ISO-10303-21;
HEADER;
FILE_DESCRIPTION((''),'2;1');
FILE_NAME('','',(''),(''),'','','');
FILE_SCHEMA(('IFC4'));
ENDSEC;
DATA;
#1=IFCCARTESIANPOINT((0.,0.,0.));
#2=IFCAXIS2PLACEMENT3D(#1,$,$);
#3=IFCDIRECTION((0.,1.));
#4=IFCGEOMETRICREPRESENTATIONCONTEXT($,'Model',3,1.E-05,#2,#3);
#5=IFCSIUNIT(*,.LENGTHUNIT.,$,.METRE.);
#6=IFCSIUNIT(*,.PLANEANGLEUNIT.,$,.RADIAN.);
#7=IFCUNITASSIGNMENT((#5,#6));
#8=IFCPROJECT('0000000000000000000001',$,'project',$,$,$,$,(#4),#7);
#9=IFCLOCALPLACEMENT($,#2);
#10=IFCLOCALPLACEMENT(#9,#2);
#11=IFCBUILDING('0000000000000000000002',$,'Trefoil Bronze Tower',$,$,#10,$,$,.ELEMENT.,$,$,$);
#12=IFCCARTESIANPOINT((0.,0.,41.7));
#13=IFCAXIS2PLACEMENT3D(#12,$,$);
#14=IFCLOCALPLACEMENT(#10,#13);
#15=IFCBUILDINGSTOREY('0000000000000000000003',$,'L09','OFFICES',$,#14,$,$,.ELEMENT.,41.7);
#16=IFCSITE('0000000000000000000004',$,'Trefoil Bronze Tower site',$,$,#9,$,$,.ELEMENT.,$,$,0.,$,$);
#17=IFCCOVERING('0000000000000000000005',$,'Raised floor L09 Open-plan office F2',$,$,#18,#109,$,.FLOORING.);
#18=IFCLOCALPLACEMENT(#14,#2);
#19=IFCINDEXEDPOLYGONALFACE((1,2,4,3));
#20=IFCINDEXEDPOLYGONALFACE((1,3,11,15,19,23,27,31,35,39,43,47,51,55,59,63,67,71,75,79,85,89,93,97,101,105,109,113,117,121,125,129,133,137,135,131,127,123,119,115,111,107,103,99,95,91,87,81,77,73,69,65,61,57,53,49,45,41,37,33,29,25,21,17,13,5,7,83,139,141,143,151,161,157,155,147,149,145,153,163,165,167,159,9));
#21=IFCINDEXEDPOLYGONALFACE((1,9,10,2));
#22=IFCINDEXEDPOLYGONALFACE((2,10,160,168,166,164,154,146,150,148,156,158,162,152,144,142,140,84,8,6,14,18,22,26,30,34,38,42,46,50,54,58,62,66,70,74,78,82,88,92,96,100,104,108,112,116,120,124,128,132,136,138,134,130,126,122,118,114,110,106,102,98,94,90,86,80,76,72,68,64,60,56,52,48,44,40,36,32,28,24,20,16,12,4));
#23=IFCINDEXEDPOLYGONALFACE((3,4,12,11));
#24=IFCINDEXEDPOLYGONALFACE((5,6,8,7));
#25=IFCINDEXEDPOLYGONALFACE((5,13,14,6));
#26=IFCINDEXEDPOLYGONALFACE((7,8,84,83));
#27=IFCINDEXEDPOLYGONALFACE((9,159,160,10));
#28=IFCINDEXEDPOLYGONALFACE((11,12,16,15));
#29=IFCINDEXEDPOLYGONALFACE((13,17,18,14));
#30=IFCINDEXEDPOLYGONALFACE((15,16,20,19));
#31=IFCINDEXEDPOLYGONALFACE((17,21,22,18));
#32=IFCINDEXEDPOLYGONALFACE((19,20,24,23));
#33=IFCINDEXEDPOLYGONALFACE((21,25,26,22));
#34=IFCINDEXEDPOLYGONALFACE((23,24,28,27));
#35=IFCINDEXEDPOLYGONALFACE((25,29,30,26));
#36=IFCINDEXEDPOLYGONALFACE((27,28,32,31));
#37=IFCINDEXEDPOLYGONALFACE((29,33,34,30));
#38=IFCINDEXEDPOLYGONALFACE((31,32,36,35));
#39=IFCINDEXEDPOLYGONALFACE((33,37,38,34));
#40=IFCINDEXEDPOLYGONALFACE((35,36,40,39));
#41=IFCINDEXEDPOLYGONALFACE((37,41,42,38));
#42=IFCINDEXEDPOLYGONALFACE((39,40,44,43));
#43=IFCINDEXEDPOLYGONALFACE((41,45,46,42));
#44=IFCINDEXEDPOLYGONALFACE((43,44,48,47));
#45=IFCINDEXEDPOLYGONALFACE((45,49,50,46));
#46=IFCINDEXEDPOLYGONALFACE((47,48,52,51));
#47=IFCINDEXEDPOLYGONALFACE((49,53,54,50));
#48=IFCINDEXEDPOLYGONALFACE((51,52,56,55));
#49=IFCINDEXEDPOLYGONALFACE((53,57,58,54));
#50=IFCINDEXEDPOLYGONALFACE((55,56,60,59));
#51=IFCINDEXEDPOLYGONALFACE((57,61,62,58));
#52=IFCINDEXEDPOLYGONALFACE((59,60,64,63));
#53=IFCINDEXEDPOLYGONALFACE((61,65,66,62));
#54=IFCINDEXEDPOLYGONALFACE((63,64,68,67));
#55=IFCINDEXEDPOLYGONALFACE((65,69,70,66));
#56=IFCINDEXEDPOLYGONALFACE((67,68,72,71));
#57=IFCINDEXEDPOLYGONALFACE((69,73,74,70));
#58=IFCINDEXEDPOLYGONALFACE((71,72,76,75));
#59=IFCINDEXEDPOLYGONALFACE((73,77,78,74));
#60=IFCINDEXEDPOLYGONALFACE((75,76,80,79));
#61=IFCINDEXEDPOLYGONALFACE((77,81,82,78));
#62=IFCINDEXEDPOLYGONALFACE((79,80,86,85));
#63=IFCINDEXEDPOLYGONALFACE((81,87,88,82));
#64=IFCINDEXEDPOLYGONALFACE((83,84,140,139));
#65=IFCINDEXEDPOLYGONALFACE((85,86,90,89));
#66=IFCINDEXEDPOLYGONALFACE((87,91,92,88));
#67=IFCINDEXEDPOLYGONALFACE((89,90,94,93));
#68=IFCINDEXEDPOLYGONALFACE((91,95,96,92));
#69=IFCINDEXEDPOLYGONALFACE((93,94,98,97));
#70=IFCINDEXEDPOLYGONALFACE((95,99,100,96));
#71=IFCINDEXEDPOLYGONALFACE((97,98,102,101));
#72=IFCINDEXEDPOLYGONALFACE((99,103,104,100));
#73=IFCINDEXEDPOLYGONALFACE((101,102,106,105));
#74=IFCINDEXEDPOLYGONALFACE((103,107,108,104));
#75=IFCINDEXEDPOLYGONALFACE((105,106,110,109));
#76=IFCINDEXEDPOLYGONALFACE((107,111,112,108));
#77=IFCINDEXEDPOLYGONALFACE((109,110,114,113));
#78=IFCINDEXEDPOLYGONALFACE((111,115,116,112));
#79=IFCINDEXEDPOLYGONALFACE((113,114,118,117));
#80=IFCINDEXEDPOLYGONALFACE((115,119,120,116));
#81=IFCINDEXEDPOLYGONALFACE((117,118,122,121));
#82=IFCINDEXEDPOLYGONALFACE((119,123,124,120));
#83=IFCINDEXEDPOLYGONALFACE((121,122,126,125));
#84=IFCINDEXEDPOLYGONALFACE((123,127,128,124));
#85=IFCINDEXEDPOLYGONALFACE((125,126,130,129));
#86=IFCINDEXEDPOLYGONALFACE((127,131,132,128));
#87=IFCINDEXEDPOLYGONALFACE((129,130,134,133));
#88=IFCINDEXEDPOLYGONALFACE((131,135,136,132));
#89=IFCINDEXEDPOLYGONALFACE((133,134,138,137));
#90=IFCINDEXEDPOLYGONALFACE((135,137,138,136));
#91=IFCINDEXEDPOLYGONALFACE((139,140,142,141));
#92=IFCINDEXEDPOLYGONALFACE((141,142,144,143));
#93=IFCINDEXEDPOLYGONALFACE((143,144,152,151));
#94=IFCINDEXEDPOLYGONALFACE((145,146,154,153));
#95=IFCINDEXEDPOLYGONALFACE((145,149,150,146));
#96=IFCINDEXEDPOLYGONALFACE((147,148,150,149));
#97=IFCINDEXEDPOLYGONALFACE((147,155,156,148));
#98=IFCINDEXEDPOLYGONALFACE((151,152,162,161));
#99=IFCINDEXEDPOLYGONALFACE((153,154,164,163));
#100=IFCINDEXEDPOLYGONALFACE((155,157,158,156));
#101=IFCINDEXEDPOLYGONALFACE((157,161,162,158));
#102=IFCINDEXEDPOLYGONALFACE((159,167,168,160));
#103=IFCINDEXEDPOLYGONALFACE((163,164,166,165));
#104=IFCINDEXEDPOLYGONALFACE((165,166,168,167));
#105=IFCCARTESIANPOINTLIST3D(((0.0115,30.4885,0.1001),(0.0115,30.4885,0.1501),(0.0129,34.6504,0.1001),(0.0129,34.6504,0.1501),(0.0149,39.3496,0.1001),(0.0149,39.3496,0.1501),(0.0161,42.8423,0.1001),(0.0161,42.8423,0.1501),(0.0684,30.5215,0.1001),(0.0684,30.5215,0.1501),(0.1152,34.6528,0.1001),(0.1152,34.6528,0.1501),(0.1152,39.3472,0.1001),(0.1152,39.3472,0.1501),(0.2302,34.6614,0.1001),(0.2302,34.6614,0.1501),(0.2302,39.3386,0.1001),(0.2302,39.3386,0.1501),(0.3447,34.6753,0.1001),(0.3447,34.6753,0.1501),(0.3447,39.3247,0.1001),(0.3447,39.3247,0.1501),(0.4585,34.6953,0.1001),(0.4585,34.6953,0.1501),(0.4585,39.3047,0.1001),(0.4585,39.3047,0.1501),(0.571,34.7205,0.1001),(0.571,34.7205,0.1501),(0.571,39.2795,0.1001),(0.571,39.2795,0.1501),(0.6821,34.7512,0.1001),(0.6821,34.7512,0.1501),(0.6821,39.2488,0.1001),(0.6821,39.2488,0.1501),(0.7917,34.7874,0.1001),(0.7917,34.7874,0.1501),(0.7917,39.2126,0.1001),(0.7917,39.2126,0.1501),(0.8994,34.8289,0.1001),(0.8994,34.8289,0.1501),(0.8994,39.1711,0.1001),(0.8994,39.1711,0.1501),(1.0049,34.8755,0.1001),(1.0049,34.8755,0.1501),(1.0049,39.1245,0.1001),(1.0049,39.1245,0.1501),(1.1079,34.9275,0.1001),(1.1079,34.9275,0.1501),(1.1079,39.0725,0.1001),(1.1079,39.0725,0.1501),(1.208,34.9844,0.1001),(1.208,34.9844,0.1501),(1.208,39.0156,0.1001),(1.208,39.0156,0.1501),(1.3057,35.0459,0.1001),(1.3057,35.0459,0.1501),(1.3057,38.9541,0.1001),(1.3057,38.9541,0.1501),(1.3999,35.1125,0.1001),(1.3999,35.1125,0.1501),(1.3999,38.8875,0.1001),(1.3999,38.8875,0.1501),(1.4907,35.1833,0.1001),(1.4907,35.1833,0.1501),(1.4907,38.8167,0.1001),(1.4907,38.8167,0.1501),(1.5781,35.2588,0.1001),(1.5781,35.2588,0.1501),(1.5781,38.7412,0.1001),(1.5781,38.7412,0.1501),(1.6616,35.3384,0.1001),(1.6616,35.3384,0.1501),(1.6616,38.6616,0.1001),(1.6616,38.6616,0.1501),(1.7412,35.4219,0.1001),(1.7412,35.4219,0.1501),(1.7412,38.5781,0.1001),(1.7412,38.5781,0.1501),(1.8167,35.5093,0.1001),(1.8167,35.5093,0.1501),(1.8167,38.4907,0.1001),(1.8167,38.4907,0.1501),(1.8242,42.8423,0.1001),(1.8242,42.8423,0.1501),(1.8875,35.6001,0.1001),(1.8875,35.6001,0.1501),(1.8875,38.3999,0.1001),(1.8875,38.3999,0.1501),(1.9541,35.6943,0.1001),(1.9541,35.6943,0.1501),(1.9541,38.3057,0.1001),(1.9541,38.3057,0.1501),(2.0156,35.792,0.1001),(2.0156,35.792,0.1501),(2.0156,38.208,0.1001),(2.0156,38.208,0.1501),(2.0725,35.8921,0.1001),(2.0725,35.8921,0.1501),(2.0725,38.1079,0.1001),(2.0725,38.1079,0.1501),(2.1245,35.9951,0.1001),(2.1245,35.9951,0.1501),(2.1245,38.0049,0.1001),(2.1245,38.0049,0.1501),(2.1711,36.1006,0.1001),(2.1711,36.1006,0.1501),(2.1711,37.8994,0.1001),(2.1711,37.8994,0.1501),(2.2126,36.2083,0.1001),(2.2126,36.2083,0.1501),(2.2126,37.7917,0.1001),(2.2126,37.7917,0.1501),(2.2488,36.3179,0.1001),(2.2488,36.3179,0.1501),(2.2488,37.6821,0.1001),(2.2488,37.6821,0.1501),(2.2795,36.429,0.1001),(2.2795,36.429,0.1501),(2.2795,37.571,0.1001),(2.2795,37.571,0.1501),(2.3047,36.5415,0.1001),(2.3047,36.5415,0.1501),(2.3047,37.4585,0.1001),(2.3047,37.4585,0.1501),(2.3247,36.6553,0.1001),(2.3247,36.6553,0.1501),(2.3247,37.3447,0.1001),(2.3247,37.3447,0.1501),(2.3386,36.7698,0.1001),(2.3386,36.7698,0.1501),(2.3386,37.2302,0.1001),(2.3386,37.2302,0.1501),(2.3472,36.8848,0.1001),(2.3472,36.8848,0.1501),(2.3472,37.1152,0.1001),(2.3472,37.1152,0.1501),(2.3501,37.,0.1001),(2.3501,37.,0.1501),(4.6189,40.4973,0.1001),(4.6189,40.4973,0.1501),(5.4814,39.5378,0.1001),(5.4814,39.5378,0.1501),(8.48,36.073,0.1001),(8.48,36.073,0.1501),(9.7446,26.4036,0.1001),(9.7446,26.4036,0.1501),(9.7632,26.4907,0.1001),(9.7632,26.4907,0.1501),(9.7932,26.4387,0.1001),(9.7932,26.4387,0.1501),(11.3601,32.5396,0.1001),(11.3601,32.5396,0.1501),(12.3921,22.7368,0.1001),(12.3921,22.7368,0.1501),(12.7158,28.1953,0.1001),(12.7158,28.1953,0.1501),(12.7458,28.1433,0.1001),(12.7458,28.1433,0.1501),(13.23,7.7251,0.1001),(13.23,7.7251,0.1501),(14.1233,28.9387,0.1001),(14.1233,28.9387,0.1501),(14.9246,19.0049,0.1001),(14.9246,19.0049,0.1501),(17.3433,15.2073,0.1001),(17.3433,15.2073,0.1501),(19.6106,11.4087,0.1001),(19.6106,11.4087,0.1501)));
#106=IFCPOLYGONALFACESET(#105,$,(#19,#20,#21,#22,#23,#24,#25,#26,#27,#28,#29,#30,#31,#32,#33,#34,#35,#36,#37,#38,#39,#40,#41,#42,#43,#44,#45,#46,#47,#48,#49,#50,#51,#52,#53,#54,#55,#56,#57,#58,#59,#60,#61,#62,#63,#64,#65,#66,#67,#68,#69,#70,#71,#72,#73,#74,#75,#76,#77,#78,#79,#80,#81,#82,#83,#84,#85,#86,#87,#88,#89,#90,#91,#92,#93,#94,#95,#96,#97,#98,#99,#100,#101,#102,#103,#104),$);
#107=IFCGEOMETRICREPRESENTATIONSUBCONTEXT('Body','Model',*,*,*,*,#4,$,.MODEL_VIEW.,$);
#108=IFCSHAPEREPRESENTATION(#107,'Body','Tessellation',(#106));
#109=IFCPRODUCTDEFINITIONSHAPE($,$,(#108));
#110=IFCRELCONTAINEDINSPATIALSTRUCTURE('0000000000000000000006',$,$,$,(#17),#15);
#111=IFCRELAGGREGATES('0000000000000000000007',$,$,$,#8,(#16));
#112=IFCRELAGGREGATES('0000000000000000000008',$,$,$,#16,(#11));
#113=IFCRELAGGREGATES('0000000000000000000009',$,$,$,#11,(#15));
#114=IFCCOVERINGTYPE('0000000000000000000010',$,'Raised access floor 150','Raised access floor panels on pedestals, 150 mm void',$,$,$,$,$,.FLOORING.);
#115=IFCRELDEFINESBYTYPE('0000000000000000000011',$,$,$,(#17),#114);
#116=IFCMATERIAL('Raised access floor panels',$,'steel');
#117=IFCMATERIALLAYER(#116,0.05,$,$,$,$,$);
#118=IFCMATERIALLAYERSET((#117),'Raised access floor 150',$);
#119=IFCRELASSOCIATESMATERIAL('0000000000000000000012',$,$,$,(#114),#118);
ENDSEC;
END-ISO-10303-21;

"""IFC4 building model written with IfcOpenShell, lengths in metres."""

from ifc_helpers import new_model, si_unit, direction, frame, origin, place, context, subcontext, project, spatial, polyline, outline, extrude, material, layer, layer_set, type_object, element, save


model = new_model("IFC4")

# Units and contexts
model_context = context("Model", 3, precision=1e-05, world=origin(), true_north=direction((0.0, 1.0)))
body_context = subcontext(model_context, "Body", "Model", "MODEL_VIEW")
ifc_project = project(units=[si_unit("LENGTHUNIT", "METRE"), si_unit("PLANEANGLEUNIT", "RADIAN")], contexts=[model_context])

# Site, building, storey
site_placement = place(None, origin())
site = spatial("IfcSite", under=ifc_project, at=site_placement, Name="Trefoil Bronze Tower site", CompositionType="ELEMENT", RefElevation=0.0)
building_placement = place(site_placement, origin())
building = spatial("IfcBuilding", under=site, at=building_placement, Name="Trefoil Bronze Tower", CompositionType="ELEMENT")
storey_placement = place(building_placement, frame((0.0, 0.0, 41.7)))
storey = spatial("IfcBuildingStorey", under=building, at=storey_placement, Name="L09", Description="OFFICES", CompositionType="ELEMENT", Elevation=41.7)

# Covering
ifc_material_1 = material(Name="Raised access floor panels", Category="steel")
ifc_layer_1 = layer(ifc_material_1, 0.05)
ifc_layer_set_1 = layer_set([ifc_layer_1], Name="Raised access floor 150")
covering_type_1 = type_object("IfcCoveringType", Name="Raised access floor 150", Description="Raised access floor panels on pedestals, 150 mm void", PredefinedType="FLOORING", material=ifc_layer_set_1)
covering_1_placement = place(storey_placement, frame((0.0, 0.0, 0.1001)))
element("IfcCovering", 1, at=covering_1_placement, inside=storey, type_object=covering_type_1, Name="Raised floor L09 Open-plan office F2", PredefinedType="FLOORING", context=body_context, shape_type="SweptSolid", body=[
    extrude(outline(polyline([(1.8242, 42.8423), (4.6189, 40.4973), (5.4814, 39.5378), (8.48, 36.073), (11.3601, 32.5396), (14.1233, 28.9387), (12.7458, 28.1433), (12.7158, 28.1953), (9.7632, 26.4907), (9.7932, 26.4387), (9.7446, 26.4036), (12.3921, 22.7368), (14.9246, 19.0049), (17.3433, 15.2073), (19.6106, 11.4087), (13.23, 7.7251), (0.0684, 30.5215), (0.0115, 30.4885), (0.0129, 34.6504), (0.1152, 34.6528), (0.2302, 34.6614), (0.3447, 34.6753), (0.4585, 34.6953), (0.571, 34.7205), (0.6821, 34.7512), (0.7917, 34.7874), (0.8994, 34.8289), (1.0049, 34.8755), (1.1079, 34.9275), (1.208, 34.9844), (1.3057, 35.0459), (1.3999, 35.1125), (1.4907, 35.1833), (1.5781, 35.2588), (1.6616, 35.3384), (1.7412, 35.4219), (1.8167, 35.5093), (1.8875, 35.6001), (1.9541, 35.6943), (2.0156, 35.792), (2.0725, 35.8921), (2.1245, 35.9951), (2.1711, 36.1006), (2.2126, 36.2083), (2.2488, 36.3179), (2.2795, 36.429), (2.3047, 36.5415), (2.3247, 36.6553), (2.3386, 36.7698), (2.3472, 36.8848), (2.3501, 37.0), (2.3472, 37.1152), (2.3386, 37.2302), (2.3247, 37.3447), (2.3047, 37.4585), (2.2795, 37.571), (2.2488, 37.6821), (2.2126, 37.7917), (2.1711, 37.8994), (2.1245, 38.0049), (2.0725, 38.1079), (2.0156, 38.208), (1.9541, 38.3057), (1.8875, 38.3999), (1.8167, 38.4907), (1.7412, 38.5781), (1.6616, 38.6616), (1.5781, 38.7412), (1.4907, 38.8167), (1.3999, 38.8875), (1.3057, 38.9541), (1.208, 39.0156), (1.1079, 39.0725), (1.0049, 39.1245), (0.8994, 39.1711), (0.7917, 39.2126), (0.6821, 39.2488), (0.571, 39.2795), (0.4585, 39.3047), (0.3447, 39.3247), (0.2302, 39.3386), (0.1152, 39.3472), (0.0149, 39.3496), (0.0161, 42.8423), (1.8242, 42.8423)])), origin(), (0.0, 0.0, 1.0), 0.05),
])

save(model, "model.ifc")
